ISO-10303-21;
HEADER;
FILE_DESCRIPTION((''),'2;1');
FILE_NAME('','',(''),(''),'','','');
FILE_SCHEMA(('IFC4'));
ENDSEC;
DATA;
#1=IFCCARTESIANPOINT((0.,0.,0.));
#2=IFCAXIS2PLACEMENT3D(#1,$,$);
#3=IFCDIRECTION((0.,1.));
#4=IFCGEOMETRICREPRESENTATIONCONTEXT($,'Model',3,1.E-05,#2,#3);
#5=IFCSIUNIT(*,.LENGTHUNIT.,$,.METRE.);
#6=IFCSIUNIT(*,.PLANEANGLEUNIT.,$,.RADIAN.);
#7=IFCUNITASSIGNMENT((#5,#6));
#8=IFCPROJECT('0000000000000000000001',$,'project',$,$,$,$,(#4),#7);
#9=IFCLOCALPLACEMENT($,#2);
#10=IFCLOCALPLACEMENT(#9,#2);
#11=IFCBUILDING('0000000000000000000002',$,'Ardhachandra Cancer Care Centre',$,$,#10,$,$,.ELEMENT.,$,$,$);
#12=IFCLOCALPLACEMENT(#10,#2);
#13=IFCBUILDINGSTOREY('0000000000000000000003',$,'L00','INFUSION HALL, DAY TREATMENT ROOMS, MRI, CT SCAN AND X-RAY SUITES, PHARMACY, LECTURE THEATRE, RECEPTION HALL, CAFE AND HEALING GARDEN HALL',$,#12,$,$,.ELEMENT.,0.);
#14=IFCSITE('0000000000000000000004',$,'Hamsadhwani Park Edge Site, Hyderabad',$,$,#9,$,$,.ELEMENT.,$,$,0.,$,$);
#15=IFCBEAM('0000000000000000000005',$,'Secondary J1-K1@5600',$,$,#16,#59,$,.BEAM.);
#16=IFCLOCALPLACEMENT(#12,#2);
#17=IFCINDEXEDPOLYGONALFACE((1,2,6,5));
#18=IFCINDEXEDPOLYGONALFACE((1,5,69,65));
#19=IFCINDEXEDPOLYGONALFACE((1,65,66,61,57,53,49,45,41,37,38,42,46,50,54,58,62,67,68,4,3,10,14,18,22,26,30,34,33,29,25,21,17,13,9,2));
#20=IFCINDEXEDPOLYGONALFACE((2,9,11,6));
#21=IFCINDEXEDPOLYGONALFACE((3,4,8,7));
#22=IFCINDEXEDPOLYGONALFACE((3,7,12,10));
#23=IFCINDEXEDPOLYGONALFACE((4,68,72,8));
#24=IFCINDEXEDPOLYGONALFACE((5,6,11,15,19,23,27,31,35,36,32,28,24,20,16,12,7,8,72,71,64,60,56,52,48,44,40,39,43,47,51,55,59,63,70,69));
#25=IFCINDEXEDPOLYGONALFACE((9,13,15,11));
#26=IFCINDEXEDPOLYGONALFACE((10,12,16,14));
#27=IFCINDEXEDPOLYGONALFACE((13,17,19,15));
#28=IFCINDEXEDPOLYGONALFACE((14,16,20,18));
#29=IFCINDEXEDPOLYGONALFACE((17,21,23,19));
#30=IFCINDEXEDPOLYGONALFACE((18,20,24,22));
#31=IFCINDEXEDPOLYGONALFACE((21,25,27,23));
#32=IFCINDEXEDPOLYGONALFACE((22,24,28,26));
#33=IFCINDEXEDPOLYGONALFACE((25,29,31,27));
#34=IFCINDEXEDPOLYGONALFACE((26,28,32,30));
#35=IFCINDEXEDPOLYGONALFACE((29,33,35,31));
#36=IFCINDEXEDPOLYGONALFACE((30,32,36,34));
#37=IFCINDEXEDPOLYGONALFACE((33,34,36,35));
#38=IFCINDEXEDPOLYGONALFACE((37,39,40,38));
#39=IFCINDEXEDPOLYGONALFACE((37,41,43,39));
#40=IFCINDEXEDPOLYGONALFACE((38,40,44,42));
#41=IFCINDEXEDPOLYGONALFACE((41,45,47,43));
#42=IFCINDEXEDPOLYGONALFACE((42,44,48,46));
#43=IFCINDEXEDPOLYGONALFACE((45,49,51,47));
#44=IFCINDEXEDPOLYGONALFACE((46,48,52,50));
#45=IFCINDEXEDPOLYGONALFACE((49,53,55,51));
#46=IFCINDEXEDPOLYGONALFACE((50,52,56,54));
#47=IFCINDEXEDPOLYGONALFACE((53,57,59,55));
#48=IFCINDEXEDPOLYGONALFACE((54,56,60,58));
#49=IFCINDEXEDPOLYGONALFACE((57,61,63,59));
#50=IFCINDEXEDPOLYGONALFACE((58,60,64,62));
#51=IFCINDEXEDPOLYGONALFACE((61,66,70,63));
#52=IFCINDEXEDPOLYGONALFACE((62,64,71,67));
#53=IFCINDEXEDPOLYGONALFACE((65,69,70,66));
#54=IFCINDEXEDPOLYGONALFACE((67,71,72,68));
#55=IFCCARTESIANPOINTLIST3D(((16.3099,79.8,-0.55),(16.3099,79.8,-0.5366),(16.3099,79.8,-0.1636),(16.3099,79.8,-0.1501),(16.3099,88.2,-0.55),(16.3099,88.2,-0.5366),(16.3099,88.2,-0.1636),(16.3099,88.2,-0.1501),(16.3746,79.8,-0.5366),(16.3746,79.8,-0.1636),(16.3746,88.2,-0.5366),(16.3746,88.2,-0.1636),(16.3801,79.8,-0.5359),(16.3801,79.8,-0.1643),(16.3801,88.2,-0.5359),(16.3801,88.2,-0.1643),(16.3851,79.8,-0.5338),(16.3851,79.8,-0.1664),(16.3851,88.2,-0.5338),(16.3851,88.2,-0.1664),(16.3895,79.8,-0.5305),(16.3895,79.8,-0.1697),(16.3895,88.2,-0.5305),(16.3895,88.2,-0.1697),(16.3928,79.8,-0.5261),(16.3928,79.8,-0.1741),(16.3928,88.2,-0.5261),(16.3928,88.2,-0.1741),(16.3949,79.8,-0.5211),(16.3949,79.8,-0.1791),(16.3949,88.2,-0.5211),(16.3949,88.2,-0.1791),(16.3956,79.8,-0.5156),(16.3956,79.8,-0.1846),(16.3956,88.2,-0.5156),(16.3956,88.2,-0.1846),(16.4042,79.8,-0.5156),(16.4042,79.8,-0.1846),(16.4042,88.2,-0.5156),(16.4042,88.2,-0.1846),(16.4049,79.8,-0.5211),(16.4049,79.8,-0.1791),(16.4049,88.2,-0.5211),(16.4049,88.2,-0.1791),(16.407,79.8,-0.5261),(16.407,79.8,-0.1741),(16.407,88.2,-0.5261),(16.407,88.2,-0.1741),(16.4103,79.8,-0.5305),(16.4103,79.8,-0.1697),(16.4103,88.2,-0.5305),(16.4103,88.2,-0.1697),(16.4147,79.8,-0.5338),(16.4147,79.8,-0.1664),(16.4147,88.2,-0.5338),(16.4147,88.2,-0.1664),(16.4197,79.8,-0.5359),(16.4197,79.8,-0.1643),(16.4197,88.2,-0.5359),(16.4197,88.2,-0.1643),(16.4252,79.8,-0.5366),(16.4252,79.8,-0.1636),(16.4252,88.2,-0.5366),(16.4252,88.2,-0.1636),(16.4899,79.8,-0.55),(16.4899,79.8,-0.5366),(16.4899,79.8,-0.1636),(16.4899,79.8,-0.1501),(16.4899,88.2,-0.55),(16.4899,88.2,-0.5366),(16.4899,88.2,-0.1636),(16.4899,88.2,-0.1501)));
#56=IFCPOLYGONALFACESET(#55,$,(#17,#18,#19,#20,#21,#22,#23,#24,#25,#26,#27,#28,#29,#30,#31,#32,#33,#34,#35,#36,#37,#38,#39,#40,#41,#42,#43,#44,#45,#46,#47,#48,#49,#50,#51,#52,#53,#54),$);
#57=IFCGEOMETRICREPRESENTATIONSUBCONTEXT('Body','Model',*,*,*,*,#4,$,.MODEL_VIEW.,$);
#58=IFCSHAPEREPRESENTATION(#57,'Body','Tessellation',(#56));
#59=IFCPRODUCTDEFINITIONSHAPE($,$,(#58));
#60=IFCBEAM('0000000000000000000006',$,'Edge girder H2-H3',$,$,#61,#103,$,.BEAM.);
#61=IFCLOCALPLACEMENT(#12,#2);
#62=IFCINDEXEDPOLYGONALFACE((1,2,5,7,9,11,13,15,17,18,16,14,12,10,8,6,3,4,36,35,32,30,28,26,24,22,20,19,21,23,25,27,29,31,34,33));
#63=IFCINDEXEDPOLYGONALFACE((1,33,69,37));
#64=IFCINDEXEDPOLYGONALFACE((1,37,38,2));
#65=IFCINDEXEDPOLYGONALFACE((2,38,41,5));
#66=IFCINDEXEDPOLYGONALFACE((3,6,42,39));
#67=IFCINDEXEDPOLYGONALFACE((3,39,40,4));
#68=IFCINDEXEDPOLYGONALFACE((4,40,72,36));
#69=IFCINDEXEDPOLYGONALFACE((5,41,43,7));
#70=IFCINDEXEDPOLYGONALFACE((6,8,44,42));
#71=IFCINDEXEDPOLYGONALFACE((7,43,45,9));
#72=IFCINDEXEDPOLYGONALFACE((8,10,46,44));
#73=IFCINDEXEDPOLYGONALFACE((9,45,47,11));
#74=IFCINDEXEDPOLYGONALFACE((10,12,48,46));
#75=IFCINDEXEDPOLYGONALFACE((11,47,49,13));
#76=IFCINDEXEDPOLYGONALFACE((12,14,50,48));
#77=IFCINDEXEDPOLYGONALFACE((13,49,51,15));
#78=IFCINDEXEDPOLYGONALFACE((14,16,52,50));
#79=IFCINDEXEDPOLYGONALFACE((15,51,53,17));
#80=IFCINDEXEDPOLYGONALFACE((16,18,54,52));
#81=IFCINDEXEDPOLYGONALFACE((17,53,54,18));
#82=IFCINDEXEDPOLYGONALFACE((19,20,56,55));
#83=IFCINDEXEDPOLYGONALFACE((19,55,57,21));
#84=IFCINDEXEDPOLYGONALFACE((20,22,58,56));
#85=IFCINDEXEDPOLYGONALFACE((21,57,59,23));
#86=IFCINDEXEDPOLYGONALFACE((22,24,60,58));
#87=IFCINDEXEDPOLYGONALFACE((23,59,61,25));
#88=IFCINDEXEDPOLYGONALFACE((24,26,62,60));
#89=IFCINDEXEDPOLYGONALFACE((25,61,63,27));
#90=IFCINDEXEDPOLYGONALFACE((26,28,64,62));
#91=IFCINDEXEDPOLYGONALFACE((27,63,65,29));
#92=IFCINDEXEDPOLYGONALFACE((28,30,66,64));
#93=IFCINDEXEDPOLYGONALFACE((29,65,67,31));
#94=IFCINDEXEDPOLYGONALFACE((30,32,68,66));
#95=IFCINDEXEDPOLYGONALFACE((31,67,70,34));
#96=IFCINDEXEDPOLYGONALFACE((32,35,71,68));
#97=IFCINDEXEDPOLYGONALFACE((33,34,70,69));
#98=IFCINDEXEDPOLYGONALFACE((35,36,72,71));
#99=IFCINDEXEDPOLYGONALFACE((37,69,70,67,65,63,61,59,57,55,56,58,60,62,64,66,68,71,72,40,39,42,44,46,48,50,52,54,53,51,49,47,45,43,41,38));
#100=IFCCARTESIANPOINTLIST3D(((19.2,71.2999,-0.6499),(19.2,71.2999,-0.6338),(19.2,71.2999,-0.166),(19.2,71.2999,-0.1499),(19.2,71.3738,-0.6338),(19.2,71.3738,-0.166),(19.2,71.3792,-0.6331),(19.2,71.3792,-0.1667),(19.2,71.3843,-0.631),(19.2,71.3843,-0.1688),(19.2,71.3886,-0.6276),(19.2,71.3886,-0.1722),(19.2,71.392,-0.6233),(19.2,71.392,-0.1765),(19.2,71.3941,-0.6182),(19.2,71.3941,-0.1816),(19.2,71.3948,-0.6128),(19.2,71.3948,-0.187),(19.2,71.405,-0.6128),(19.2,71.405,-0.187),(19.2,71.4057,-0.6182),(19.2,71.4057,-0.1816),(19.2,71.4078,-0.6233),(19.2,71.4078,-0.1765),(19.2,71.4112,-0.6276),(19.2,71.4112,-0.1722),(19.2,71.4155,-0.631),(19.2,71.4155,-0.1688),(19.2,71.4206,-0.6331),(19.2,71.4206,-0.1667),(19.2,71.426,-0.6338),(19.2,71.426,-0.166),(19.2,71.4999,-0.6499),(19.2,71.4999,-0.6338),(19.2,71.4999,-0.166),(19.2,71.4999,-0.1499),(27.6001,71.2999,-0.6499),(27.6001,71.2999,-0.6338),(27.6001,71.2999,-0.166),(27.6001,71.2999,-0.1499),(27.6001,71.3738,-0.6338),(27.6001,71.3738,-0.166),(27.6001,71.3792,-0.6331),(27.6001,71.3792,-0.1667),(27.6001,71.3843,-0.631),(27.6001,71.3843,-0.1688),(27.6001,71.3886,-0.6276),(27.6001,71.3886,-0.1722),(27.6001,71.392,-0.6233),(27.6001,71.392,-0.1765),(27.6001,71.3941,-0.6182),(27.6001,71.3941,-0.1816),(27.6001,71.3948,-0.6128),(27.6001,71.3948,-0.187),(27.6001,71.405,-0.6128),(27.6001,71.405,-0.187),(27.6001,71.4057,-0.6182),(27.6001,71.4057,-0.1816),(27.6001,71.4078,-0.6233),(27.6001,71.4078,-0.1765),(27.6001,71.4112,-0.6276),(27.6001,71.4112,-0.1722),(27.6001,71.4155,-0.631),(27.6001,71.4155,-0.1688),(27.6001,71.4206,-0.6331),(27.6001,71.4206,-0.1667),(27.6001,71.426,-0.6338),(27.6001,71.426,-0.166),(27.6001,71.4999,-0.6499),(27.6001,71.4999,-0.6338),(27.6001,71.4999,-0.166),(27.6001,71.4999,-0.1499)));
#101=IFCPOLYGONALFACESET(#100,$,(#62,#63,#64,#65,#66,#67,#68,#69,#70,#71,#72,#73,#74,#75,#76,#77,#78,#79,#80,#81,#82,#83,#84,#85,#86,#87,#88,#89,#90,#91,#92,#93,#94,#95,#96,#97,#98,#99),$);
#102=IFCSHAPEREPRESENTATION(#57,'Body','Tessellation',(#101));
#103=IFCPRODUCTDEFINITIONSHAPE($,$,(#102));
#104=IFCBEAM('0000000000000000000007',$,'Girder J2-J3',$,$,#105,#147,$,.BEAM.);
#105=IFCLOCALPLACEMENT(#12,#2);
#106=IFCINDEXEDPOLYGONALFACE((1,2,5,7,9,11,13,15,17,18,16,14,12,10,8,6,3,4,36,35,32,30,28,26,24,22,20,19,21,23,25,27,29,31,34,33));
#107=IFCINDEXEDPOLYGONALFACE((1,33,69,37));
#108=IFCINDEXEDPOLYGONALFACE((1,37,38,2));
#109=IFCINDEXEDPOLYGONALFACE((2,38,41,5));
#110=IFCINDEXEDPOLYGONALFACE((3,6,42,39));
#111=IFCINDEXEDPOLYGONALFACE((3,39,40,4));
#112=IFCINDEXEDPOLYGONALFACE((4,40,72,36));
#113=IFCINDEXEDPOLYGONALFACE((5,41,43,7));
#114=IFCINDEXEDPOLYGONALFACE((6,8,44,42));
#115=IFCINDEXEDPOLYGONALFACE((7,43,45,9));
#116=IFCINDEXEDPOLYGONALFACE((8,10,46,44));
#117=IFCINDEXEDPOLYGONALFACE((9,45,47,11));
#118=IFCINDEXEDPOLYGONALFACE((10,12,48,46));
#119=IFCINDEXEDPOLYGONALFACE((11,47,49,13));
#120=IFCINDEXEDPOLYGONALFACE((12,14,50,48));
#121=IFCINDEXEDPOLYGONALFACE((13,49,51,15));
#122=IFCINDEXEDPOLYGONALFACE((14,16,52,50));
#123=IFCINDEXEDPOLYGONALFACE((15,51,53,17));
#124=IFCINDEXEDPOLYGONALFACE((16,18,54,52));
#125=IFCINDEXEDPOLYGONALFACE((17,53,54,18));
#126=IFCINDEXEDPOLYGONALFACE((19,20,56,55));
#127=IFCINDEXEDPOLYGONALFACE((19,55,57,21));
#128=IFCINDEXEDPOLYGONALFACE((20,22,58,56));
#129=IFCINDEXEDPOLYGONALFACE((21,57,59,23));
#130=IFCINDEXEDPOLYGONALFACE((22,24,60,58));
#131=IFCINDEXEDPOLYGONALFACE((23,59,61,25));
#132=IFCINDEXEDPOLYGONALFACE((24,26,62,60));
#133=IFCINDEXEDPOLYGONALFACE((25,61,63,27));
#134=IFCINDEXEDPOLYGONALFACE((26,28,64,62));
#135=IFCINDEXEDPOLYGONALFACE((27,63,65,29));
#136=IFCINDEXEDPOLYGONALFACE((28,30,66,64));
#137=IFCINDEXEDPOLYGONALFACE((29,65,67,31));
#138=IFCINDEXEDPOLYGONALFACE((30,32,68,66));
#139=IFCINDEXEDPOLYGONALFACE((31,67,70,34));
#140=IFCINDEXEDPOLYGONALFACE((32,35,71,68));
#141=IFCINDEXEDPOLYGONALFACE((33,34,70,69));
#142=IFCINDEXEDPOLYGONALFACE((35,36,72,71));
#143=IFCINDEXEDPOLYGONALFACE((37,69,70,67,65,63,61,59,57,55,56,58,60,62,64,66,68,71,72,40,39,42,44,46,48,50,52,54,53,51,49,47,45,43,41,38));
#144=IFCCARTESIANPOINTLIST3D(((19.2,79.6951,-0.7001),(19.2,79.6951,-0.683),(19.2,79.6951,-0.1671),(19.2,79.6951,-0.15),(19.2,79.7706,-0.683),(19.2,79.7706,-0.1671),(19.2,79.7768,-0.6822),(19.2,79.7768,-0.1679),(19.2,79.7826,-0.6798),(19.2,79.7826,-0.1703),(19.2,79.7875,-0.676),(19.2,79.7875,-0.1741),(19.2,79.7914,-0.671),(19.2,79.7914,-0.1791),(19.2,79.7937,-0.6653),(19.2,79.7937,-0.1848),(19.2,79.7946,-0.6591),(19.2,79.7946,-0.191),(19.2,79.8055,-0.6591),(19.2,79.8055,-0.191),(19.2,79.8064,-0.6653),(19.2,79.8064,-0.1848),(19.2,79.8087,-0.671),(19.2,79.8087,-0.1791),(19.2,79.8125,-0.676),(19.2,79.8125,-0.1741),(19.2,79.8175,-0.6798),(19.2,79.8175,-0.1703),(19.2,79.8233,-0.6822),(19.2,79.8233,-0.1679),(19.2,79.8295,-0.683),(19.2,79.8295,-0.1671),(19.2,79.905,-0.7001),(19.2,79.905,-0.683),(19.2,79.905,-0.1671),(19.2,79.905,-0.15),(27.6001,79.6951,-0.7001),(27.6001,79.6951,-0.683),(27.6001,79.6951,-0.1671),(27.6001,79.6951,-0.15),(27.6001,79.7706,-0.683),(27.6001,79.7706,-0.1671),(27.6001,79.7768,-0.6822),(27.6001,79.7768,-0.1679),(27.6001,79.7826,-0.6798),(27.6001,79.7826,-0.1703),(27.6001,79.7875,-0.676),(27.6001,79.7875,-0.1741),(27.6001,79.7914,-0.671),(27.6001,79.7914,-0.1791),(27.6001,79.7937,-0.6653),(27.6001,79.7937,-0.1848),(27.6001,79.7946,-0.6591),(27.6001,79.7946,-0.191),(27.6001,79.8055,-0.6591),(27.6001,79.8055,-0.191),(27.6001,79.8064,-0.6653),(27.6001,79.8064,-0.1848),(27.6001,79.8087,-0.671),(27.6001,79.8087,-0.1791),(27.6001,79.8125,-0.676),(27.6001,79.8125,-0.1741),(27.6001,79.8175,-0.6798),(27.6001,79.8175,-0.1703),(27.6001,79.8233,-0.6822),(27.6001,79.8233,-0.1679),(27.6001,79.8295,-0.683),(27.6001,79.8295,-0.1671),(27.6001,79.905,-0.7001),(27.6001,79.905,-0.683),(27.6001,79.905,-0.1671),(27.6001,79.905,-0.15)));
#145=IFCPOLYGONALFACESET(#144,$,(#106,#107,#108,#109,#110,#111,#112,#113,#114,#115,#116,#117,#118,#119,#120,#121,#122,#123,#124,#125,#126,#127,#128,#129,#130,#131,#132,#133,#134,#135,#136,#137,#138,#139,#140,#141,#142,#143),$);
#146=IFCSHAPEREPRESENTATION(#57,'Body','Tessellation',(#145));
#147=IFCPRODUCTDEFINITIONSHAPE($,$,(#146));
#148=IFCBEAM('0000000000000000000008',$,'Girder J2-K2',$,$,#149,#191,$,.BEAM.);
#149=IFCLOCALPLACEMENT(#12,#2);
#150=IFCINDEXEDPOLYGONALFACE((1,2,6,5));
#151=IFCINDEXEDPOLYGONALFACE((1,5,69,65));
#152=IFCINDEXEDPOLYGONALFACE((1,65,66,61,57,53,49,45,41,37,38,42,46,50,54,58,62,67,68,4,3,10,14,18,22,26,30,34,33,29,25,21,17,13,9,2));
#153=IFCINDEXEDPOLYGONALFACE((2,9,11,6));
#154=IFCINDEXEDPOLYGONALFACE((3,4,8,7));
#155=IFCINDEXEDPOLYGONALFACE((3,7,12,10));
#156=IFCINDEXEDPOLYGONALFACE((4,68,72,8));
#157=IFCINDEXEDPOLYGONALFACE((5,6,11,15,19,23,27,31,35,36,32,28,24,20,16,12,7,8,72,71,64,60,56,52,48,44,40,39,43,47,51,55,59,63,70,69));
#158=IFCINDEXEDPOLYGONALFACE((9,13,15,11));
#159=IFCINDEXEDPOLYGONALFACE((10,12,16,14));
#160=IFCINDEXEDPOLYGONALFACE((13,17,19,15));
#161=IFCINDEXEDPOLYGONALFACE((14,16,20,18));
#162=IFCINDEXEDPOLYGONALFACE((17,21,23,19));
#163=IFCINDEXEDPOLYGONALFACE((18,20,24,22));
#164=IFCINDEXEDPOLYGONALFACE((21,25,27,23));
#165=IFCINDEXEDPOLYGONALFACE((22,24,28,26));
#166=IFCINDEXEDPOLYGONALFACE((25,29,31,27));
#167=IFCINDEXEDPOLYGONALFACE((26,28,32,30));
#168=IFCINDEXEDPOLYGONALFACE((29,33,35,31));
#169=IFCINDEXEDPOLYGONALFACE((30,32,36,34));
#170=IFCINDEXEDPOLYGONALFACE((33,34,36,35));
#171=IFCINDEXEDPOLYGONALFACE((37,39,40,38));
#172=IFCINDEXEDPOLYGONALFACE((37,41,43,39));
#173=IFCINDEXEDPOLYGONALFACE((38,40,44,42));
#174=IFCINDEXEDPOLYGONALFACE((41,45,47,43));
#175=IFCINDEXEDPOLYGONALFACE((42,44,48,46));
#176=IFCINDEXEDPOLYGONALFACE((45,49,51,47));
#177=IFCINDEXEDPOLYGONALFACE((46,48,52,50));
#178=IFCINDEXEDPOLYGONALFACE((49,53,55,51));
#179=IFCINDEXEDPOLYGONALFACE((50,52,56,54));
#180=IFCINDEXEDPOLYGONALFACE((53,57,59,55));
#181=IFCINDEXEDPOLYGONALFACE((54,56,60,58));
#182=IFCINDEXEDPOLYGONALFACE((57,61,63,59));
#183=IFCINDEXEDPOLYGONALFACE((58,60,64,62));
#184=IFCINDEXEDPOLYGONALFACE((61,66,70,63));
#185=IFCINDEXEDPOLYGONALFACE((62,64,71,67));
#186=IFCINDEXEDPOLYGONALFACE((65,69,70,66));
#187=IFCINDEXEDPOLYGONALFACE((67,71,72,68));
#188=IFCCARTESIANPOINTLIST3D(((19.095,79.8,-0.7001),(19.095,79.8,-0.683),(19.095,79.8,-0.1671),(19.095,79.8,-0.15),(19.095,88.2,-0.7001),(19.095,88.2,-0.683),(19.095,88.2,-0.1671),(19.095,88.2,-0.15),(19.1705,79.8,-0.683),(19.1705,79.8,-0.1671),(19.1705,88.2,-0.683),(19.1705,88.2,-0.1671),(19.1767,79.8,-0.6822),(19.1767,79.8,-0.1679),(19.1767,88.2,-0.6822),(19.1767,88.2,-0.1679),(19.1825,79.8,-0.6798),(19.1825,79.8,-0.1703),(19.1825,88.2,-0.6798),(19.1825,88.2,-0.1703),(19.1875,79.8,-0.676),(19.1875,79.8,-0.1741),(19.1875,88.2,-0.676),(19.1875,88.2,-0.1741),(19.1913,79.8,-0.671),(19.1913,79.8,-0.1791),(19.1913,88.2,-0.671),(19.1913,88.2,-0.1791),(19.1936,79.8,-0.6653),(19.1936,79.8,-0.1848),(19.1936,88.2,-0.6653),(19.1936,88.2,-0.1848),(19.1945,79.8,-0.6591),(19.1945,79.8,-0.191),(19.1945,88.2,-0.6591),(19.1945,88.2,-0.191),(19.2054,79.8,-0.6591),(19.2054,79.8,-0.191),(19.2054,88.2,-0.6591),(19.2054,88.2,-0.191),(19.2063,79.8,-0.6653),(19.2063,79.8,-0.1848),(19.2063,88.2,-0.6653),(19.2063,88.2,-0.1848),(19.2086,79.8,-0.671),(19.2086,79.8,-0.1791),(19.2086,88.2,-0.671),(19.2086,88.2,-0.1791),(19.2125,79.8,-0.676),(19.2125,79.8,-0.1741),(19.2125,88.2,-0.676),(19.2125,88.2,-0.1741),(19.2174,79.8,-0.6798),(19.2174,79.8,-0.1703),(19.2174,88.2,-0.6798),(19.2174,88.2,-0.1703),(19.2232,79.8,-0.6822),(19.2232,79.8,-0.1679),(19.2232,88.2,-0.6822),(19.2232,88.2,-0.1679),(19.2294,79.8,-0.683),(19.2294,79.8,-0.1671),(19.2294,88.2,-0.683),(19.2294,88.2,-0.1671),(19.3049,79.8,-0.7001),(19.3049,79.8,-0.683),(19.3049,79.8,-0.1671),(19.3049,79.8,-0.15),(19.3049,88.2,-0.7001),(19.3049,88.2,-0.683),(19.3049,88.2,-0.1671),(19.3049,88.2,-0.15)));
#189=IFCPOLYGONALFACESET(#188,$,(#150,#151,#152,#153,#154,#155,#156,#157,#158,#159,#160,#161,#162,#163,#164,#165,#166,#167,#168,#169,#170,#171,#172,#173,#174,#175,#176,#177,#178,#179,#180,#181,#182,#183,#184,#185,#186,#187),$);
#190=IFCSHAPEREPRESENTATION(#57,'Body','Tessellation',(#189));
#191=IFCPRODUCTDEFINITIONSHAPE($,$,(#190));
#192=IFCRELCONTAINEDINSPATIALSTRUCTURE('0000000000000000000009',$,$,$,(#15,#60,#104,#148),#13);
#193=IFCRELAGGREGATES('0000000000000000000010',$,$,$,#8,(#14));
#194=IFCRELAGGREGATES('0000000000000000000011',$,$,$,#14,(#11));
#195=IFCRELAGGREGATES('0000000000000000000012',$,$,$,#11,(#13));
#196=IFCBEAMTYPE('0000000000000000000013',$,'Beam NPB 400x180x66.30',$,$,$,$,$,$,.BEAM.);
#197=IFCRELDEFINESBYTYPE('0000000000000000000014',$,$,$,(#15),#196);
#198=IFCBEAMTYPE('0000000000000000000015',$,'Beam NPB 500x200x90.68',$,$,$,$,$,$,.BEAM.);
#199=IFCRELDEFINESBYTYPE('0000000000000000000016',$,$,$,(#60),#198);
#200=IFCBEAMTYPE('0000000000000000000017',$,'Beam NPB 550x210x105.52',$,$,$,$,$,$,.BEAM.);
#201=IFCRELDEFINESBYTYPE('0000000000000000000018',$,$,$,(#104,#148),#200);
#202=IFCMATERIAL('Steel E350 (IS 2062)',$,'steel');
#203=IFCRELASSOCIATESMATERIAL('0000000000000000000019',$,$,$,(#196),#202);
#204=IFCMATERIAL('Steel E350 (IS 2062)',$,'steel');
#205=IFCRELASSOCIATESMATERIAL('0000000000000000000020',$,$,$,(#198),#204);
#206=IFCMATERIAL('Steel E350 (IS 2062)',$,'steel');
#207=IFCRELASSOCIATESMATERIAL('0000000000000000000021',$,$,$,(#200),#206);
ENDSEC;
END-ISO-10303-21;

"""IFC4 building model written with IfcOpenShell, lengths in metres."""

from ifc_helpers import new_model, si_unit, direction, frame, origin, origin_2d, place, context, subcontext, project, spatial, i_section, extrude, material, material_profile, profile_set, type_object, element, save


model = new_model("IFC4")

# Units and contexts
model_context = context("Model", 3, precision=1e-05, world=origin(), true_north=direction((0.0, 1.0)))
body_context = subcontext(model_context, "Body", "Model", "MODEL_VIEW")
ifc_project = project(units=[si_unit("LENGTHUNIT", "METRE"), si_unit("PLANEANGLEUNIT", "RADIAN")], contexts=[model_context])

# Site, building, storey
site_placement = place(None, origin())
site = spatial("IfcSite", under=ifc_project, at=site_placement, Name="Hamsadhwani Park Edge Site, Hyderabad", CompositionType="ELEMENT", RefElevation=0.0)
building_placement = place(site_placement, origin())
building = spatial("IfcBuilding", under=site, at=building_placement, Name="Ardhachandra Cancer Care Centre", CompositionType="ELEMENT")
storey_placement = place(building_placement, origin())
storey = spatial("IfcBuildingStorey", under=building, at=storey_placement, Name="L00", Description="INFUSION HALL, DAY TREATMENT ROOMS, MRI, CT SCAN AND X-RAY SUITES, PHARMACY, LECTURE THEATRE, RECEPTION HALL, CAFE AND HEALING GARDEN HALL", CompositionType="ELEMENT", Elevation=0.0)

# Beams
ifc_material_1 = material(Name="Steel E350 (IS 2062)", Category="steel")
ifc_material_profile_1 = material_profile(ifc_material_1, i_section(OverallWidth=0.1799, OverallDepth=0.3999, WebThickness=0.0085, FlangeThickness=0.0134, FilletRadius=0.021, at=origin_2d()), Name="NPB 400x180x66.30")
ifc_profile_set_1 = profile_set([ifc_material_profile_1], Name="Steel E350 (IS 2062)")
beam_type_1 = type_object("IfcBeamType", Name="Beam NPB 400x180x66.30", PredefinedType="BEAM", material=ifc_profile_set_1)
beam_1_placement = place(storey_placement, frame((16.3999, 79.8, -0.3501), z_axis=(0.0, 1.0, 0.0), x_axis=(-1.0, 0.0, 0.0)))
element("IfcBeam", 1, at=beam_1_placement, inside=storey, type_object=beam_type_1, Name="Secondary J1-K1@5600", PredefinedType="BEAM", context=body_context, shape_type="SweptSolid", body=[
    extrude(i_section(OverallWidth=0.1799, OverallDepth=0.3999, WebThickness=0.0085, FlangeThickness=0.0134, FilletRadius=0.021, at=origin_2d()), origin(), (0.0, 0.0, 1.0), 8.3999),
])
ifc_material_2 = material(Name="Steel E350 (IS 2062)", Category="steel")
ifc_material_profile_2 = material_profile(ifc_material_2, i_section(OverallWidth=0.2, OverallDepth=0.5, WebThickness=0.0103, FlangeThickness=0.0161, FilletRadius=0.021, at=origin_2d()), Name="NPB 500x200x90.68")
ifc_profile_set_2 = profile_set([ifc_material_profile_2], Name="Steel E350 (IS 2062)")
beam_type_2 = type_object("IfcBeamType", Name="Beam NPB 500x200x90.68", PredefinedType="BEAM", material=ifc_profile_set_2)
beam_2_placement = place(storey_placement, frame((19.2, 71.3999, -0.3999), z_axis=(1.0, 0.0, 0.0), x_axis=(0.0, 1.0, 0.0)))
element("IfcBeam", 2, at=beam_2_placement, inside=storey, type_object=beam_type_2, Name="Edge girder H2-H3", PredefinedType="BEAM", context=body_context, shape_type="SweptSolid", body=[
    extrude(i_section(OverallWidth=0.2, OverallDepth=0.5, WebThickness=0.0103, FlangeThickness=0.0161, FilletRadius=0.021, at=origin_2d()), origin(), (0.0, 0.0, 1.0), 8.4001),
])
ifc_material_3 = material(Name="Steel E350 (IS 2062)", Category="steel")
ifc_material_profile_3 = material_profile(ifc_material_3, i_section(OverallWidth=0.21, OverallDepth=0.55, WebThickness=0.011, FlangeThickness=0.0171, FilletRadius=0.0239, at=origin_2d()), Name="NPB 550x210x105.52")
ifc_profile_set_3 = profile_set([ifc_material_profile_3], Name="Steel E350 (IS 2062)")
beam_type_3 = type_object("IfcBeamType", Name="Beam NPB 550x210x105.52", PredefinedType="BEAM", material=ifc_profile_set_3)
beam_3_placement = place(storey_placement, frame((19.2, 79.8, -0.425), z_axis=(1.0, 0.0, 0.0), x_axis=(0.0, 1.0, 0.0)))
element("IfcBeam", 3, at=beam_3_placement, inside=storey, type_object=beam_type_3, Name="Girder J2-J3", PredefinedType="BEAM", context=body_context, shape_type="SweptSolid", body=[
    extrude(i_section(OverallWidth=0.21, OverallDepth=0.55, WebThickness=0.011, FlangeThickness=0.0171, FilletRadius=0.0239, at=origin_2d()), origin(), (0.0, 0.0, 1.0), 8.4001),
])
beam_4_placement = place(storey_placement, frame((19.2, 79.8, -0.425), z_axis=(0.0, 1.0, 0.0), x_axis=(-1.0, 0.0, 0.0)))
element("IfcBeam", 4, at=beam_4_placement, inside=storey, type_object=beam_type_3, Name="Girder J2-K2", PredefinedType="BEAM", context=body_context, shape_type="SweptSolid", body=[
    extrude(i_section(OverallWidth=0.21, OverallDepth=0.55, WebThickness=0.011, FlangeThickness=0.0171, FilletRadius=0.0239, at=origin_2d()), origin(), (0.0, 0.0, 1.0), 8.3999),
])

save(model, "model.ifc")
